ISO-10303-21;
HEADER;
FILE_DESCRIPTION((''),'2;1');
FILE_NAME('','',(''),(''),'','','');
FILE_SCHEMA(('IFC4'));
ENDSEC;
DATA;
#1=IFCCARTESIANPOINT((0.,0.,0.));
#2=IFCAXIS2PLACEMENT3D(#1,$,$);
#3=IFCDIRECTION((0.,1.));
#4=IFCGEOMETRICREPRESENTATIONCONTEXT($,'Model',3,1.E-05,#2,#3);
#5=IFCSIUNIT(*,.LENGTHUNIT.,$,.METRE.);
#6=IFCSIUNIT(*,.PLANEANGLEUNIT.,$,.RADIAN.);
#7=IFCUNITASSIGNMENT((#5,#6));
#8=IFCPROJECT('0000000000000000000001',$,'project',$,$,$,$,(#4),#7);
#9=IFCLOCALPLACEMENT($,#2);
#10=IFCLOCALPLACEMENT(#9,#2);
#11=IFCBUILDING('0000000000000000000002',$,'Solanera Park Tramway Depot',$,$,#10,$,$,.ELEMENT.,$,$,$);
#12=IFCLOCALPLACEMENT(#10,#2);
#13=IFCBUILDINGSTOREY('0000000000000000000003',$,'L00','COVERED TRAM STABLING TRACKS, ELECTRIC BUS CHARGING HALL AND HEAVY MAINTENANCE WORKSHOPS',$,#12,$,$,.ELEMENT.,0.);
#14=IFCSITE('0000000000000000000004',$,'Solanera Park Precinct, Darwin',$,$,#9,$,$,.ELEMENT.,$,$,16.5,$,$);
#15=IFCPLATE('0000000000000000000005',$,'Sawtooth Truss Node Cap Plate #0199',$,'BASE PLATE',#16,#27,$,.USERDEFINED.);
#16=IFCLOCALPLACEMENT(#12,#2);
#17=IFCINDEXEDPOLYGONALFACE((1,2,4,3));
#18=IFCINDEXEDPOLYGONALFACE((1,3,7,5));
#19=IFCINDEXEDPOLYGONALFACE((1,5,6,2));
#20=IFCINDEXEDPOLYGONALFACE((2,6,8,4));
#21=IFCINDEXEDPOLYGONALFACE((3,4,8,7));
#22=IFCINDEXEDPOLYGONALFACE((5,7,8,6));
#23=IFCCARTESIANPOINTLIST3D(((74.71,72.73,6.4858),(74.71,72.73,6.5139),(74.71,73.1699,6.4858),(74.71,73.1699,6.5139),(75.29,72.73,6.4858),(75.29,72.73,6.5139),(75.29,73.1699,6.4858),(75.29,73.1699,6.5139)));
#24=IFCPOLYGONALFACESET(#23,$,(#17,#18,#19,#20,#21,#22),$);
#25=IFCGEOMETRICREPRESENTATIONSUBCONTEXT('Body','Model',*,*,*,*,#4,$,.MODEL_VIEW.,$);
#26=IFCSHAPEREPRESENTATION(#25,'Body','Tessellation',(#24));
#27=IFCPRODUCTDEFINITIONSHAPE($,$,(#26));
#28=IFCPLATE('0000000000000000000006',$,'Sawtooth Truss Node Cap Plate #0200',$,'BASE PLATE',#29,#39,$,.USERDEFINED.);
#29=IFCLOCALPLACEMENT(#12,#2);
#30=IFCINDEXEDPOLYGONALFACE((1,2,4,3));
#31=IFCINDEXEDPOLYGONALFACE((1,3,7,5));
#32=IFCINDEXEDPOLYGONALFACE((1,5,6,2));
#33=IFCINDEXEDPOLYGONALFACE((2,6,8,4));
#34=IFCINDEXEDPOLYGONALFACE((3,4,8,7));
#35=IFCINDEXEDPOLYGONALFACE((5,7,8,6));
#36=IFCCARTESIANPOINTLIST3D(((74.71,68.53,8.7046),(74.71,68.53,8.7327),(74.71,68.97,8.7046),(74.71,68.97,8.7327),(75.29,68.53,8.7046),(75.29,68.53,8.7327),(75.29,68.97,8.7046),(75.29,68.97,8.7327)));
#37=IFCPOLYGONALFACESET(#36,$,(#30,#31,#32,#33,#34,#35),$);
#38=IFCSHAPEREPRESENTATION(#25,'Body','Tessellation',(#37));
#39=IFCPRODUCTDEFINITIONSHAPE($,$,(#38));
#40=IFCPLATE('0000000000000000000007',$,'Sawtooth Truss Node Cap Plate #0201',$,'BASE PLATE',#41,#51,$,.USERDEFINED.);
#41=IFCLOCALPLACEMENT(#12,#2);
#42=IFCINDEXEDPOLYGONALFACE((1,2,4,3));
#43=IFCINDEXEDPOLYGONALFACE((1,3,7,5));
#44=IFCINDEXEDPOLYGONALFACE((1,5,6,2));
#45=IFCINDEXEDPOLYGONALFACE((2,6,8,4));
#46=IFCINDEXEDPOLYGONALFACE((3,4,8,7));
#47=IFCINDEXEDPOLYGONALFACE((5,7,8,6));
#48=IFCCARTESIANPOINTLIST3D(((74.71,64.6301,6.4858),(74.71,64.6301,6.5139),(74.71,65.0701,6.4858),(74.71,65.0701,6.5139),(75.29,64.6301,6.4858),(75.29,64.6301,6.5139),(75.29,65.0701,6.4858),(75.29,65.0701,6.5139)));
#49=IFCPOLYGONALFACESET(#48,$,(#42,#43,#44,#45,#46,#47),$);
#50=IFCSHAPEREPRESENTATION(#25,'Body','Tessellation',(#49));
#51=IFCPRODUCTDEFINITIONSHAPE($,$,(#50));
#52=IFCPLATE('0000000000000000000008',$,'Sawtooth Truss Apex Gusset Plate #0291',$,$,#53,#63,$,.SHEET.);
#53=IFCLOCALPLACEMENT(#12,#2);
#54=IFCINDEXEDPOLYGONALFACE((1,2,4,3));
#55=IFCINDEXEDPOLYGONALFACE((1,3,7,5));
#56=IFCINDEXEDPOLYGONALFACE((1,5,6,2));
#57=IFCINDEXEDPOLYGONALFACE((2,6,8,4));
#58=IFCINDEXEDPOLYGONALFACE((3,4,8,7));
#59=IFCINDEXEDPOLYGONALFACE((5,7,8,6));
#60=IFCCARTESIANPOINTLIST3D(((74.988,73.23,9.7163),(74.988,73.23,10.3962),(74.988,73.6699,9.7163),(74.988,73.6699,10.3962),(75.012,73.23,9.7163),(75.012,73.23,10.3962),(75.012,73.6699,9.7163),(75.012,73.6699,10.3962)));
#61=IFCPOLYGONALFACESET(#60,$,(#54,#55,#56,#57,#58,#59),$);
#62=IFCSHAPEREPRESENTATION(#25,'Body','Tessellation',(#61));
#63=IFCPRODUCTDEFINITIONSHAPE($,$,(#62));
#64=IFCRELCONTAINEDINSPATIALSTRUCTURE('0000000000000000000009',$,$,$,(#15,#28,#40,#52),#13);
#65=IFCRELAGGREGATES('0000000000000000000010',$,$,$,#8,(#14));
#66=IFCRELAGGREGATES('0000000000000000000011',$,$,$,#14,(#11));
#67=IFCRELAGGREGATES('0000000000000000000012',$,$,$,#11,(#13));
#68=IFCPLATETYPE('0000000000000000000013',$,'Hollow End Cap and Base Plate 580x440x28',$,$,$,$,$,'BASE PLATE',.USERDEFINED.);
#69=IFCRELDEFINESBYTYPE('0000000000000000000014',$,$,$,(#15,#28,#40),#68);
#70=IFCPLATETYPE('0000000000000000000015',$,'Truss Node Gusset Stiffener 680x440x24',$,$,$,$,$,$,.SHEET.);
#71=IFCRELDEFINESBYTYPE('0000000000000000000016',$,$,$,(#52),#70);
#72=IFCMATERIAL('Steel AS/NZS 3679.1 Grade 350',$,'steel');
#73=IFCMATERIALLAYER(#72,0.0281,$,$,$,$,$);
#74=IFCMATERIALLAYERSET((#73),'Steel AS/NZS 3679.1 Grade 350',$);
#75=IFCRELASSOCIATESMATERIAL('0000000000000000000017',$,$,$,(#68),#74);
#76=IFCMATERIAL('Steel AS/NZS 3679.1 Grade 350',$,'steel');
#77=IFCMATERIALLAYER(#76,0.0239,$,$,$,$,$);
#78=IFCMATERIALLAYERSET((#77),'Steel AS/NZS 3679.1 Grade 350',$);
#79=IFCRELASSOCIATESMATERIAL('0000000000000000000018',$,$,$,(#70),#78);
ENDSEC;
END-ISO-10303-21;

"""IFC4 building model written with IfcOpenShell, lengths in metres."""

from ifc_helpers import new_model, si_unit, direction, frame, origin, origin_2d, place, context, subcontext, project, spatial, rectangle, extrude, material, layer, layer_set, type_object, element, save


model = new_model("IFC4")

# Units and contexts
model_context = context("Model", 3, precision=1e-05, world=origin(), true_north=direction((0.0, 1.0)))
body_context = subcontext(model_context, "Body", "Model", "MODEL_VIEW")
ifc_project = project(units=[si_unit("LENGTHUNIT", "METRE"), si_unit("PLANEANGLEUNIT", "RADIAN")], contexts=[model_context])

# Site, building, storey
site_placement = place(None, origin())
site = spatial("IfcSite", under=ifc_project, at=site_placement, Name="Solanera Park Precinct, Darwin", CompositionType="ELEMENT", RefElevation=16.5)
building_placement = place(site_placement, origin())
building = spatial("IfcBuilding", under=site, at=building_placement, Name="Solanera Park Tramway Depot", CompositionType="ELEMENT")
storey_placement = place(building_placement, origin())
storey = spatial("IfcBuildingStorey", under=building, at=storey_placement, Name="L00", Description="COVERED TRAM STABLING TRACKS, ELECTRIC BUS CHARGING HALL AND HEAVY MAINTENANCE WORKSHOPS", CompositionType="ELEMENT", Elevation=0.0)

# Plates
ifc_material_1 = material(Name="Steel AS/NZS 3679.1 Grade 350", Category="steel")
ifc_layer_1 = layer(ifc_material_1, 0.0281)
ifc_layer_set_1 = layer_set([ifc_layer_1], Name="Steel AS/NZS 3679.1 Grade 350")
plate_type_1 = type_object("IfcPlateType", Name="Hollow End Cap and Base Plate 580x440x28", ElementType="BASE PLATE", PredefinedType="USERDEFINED", material=ifc_layer_set_1)
for number, where, z_axis, x_axis, name in (
    (1, (75.0, 72.95, 6.4858), (0.0, 0.0, 1.0), (1.0, 0.0, 0.0), "Sawtooth Truss Node Cap Plate #0199"),
    (2, (75.0, 68.75, 8.7046), (0.0, 0.0, 1.0), (1.0, 0.0, 0.0), "Sawtooth Truss Node Cap Plate #0200"),
    (3, (75.0, 64.8501, 6.4858), (0.0, 0.0, 1.0), (1.0, 0.0, 0.0), "Sawtooth Truss Node Cap Plate #0201"),
):
    element("IfcPlate", number, at=place(storey_placement, frame(where, z_axis=z_axis, x_axis=x_axis)), inside=storey, type_object=plate_type_1, Name=name, ObjectType="BASE PLATE", PredefinedType="USERDEFINED", context=body_context, shape_type="SweptSolid", body=[
        extrude(rectangle(XDim=0.5801, YDim=0.4399, at=origin_2d()), origin(), (0.0, 0.0, 1.0), 0.0281),
    ])
ifc_material_2 = material(Name="Steel AS/NZS 3679.1 Grade 350", Category="steel")
ifc_layer_2 = layer(ifc_material_2, 0.0239)
ifc_layer_set_2 = layer_set([ifc_layer_2], Name="Steel AS/NZS 3679.1 Grade 350")
plate_type_2 = type_object("IfcPlateType", Name="Truss Node Gusset Stiffener 680x440x24", PredefinedType="SHEET", material=ifc_layer_set_2)
plate_1_placement = place(storey_placement, frame((75.0, 73.45, 9.7163), z_axis=(0.0, 0.0, 1.0), x_axis=(1.0, 0.0, 0.0)))
element("IfcPlate", 4, at=plate_1_placement, inside=storey, type_object=plate_type_2, Name="Sawtooth Truss Apex Gusset Plate #0291", PredefinedType="SHEET", context=body_context, shape_type="SweptSolid", body=[
    extrude(rectangle(XDim=0.0239, YDim=0.4399, at=origin_2d()), origin(), (0.0, 0.0, 1.0), 0.6799),
])

save(model, "model.ifc")
